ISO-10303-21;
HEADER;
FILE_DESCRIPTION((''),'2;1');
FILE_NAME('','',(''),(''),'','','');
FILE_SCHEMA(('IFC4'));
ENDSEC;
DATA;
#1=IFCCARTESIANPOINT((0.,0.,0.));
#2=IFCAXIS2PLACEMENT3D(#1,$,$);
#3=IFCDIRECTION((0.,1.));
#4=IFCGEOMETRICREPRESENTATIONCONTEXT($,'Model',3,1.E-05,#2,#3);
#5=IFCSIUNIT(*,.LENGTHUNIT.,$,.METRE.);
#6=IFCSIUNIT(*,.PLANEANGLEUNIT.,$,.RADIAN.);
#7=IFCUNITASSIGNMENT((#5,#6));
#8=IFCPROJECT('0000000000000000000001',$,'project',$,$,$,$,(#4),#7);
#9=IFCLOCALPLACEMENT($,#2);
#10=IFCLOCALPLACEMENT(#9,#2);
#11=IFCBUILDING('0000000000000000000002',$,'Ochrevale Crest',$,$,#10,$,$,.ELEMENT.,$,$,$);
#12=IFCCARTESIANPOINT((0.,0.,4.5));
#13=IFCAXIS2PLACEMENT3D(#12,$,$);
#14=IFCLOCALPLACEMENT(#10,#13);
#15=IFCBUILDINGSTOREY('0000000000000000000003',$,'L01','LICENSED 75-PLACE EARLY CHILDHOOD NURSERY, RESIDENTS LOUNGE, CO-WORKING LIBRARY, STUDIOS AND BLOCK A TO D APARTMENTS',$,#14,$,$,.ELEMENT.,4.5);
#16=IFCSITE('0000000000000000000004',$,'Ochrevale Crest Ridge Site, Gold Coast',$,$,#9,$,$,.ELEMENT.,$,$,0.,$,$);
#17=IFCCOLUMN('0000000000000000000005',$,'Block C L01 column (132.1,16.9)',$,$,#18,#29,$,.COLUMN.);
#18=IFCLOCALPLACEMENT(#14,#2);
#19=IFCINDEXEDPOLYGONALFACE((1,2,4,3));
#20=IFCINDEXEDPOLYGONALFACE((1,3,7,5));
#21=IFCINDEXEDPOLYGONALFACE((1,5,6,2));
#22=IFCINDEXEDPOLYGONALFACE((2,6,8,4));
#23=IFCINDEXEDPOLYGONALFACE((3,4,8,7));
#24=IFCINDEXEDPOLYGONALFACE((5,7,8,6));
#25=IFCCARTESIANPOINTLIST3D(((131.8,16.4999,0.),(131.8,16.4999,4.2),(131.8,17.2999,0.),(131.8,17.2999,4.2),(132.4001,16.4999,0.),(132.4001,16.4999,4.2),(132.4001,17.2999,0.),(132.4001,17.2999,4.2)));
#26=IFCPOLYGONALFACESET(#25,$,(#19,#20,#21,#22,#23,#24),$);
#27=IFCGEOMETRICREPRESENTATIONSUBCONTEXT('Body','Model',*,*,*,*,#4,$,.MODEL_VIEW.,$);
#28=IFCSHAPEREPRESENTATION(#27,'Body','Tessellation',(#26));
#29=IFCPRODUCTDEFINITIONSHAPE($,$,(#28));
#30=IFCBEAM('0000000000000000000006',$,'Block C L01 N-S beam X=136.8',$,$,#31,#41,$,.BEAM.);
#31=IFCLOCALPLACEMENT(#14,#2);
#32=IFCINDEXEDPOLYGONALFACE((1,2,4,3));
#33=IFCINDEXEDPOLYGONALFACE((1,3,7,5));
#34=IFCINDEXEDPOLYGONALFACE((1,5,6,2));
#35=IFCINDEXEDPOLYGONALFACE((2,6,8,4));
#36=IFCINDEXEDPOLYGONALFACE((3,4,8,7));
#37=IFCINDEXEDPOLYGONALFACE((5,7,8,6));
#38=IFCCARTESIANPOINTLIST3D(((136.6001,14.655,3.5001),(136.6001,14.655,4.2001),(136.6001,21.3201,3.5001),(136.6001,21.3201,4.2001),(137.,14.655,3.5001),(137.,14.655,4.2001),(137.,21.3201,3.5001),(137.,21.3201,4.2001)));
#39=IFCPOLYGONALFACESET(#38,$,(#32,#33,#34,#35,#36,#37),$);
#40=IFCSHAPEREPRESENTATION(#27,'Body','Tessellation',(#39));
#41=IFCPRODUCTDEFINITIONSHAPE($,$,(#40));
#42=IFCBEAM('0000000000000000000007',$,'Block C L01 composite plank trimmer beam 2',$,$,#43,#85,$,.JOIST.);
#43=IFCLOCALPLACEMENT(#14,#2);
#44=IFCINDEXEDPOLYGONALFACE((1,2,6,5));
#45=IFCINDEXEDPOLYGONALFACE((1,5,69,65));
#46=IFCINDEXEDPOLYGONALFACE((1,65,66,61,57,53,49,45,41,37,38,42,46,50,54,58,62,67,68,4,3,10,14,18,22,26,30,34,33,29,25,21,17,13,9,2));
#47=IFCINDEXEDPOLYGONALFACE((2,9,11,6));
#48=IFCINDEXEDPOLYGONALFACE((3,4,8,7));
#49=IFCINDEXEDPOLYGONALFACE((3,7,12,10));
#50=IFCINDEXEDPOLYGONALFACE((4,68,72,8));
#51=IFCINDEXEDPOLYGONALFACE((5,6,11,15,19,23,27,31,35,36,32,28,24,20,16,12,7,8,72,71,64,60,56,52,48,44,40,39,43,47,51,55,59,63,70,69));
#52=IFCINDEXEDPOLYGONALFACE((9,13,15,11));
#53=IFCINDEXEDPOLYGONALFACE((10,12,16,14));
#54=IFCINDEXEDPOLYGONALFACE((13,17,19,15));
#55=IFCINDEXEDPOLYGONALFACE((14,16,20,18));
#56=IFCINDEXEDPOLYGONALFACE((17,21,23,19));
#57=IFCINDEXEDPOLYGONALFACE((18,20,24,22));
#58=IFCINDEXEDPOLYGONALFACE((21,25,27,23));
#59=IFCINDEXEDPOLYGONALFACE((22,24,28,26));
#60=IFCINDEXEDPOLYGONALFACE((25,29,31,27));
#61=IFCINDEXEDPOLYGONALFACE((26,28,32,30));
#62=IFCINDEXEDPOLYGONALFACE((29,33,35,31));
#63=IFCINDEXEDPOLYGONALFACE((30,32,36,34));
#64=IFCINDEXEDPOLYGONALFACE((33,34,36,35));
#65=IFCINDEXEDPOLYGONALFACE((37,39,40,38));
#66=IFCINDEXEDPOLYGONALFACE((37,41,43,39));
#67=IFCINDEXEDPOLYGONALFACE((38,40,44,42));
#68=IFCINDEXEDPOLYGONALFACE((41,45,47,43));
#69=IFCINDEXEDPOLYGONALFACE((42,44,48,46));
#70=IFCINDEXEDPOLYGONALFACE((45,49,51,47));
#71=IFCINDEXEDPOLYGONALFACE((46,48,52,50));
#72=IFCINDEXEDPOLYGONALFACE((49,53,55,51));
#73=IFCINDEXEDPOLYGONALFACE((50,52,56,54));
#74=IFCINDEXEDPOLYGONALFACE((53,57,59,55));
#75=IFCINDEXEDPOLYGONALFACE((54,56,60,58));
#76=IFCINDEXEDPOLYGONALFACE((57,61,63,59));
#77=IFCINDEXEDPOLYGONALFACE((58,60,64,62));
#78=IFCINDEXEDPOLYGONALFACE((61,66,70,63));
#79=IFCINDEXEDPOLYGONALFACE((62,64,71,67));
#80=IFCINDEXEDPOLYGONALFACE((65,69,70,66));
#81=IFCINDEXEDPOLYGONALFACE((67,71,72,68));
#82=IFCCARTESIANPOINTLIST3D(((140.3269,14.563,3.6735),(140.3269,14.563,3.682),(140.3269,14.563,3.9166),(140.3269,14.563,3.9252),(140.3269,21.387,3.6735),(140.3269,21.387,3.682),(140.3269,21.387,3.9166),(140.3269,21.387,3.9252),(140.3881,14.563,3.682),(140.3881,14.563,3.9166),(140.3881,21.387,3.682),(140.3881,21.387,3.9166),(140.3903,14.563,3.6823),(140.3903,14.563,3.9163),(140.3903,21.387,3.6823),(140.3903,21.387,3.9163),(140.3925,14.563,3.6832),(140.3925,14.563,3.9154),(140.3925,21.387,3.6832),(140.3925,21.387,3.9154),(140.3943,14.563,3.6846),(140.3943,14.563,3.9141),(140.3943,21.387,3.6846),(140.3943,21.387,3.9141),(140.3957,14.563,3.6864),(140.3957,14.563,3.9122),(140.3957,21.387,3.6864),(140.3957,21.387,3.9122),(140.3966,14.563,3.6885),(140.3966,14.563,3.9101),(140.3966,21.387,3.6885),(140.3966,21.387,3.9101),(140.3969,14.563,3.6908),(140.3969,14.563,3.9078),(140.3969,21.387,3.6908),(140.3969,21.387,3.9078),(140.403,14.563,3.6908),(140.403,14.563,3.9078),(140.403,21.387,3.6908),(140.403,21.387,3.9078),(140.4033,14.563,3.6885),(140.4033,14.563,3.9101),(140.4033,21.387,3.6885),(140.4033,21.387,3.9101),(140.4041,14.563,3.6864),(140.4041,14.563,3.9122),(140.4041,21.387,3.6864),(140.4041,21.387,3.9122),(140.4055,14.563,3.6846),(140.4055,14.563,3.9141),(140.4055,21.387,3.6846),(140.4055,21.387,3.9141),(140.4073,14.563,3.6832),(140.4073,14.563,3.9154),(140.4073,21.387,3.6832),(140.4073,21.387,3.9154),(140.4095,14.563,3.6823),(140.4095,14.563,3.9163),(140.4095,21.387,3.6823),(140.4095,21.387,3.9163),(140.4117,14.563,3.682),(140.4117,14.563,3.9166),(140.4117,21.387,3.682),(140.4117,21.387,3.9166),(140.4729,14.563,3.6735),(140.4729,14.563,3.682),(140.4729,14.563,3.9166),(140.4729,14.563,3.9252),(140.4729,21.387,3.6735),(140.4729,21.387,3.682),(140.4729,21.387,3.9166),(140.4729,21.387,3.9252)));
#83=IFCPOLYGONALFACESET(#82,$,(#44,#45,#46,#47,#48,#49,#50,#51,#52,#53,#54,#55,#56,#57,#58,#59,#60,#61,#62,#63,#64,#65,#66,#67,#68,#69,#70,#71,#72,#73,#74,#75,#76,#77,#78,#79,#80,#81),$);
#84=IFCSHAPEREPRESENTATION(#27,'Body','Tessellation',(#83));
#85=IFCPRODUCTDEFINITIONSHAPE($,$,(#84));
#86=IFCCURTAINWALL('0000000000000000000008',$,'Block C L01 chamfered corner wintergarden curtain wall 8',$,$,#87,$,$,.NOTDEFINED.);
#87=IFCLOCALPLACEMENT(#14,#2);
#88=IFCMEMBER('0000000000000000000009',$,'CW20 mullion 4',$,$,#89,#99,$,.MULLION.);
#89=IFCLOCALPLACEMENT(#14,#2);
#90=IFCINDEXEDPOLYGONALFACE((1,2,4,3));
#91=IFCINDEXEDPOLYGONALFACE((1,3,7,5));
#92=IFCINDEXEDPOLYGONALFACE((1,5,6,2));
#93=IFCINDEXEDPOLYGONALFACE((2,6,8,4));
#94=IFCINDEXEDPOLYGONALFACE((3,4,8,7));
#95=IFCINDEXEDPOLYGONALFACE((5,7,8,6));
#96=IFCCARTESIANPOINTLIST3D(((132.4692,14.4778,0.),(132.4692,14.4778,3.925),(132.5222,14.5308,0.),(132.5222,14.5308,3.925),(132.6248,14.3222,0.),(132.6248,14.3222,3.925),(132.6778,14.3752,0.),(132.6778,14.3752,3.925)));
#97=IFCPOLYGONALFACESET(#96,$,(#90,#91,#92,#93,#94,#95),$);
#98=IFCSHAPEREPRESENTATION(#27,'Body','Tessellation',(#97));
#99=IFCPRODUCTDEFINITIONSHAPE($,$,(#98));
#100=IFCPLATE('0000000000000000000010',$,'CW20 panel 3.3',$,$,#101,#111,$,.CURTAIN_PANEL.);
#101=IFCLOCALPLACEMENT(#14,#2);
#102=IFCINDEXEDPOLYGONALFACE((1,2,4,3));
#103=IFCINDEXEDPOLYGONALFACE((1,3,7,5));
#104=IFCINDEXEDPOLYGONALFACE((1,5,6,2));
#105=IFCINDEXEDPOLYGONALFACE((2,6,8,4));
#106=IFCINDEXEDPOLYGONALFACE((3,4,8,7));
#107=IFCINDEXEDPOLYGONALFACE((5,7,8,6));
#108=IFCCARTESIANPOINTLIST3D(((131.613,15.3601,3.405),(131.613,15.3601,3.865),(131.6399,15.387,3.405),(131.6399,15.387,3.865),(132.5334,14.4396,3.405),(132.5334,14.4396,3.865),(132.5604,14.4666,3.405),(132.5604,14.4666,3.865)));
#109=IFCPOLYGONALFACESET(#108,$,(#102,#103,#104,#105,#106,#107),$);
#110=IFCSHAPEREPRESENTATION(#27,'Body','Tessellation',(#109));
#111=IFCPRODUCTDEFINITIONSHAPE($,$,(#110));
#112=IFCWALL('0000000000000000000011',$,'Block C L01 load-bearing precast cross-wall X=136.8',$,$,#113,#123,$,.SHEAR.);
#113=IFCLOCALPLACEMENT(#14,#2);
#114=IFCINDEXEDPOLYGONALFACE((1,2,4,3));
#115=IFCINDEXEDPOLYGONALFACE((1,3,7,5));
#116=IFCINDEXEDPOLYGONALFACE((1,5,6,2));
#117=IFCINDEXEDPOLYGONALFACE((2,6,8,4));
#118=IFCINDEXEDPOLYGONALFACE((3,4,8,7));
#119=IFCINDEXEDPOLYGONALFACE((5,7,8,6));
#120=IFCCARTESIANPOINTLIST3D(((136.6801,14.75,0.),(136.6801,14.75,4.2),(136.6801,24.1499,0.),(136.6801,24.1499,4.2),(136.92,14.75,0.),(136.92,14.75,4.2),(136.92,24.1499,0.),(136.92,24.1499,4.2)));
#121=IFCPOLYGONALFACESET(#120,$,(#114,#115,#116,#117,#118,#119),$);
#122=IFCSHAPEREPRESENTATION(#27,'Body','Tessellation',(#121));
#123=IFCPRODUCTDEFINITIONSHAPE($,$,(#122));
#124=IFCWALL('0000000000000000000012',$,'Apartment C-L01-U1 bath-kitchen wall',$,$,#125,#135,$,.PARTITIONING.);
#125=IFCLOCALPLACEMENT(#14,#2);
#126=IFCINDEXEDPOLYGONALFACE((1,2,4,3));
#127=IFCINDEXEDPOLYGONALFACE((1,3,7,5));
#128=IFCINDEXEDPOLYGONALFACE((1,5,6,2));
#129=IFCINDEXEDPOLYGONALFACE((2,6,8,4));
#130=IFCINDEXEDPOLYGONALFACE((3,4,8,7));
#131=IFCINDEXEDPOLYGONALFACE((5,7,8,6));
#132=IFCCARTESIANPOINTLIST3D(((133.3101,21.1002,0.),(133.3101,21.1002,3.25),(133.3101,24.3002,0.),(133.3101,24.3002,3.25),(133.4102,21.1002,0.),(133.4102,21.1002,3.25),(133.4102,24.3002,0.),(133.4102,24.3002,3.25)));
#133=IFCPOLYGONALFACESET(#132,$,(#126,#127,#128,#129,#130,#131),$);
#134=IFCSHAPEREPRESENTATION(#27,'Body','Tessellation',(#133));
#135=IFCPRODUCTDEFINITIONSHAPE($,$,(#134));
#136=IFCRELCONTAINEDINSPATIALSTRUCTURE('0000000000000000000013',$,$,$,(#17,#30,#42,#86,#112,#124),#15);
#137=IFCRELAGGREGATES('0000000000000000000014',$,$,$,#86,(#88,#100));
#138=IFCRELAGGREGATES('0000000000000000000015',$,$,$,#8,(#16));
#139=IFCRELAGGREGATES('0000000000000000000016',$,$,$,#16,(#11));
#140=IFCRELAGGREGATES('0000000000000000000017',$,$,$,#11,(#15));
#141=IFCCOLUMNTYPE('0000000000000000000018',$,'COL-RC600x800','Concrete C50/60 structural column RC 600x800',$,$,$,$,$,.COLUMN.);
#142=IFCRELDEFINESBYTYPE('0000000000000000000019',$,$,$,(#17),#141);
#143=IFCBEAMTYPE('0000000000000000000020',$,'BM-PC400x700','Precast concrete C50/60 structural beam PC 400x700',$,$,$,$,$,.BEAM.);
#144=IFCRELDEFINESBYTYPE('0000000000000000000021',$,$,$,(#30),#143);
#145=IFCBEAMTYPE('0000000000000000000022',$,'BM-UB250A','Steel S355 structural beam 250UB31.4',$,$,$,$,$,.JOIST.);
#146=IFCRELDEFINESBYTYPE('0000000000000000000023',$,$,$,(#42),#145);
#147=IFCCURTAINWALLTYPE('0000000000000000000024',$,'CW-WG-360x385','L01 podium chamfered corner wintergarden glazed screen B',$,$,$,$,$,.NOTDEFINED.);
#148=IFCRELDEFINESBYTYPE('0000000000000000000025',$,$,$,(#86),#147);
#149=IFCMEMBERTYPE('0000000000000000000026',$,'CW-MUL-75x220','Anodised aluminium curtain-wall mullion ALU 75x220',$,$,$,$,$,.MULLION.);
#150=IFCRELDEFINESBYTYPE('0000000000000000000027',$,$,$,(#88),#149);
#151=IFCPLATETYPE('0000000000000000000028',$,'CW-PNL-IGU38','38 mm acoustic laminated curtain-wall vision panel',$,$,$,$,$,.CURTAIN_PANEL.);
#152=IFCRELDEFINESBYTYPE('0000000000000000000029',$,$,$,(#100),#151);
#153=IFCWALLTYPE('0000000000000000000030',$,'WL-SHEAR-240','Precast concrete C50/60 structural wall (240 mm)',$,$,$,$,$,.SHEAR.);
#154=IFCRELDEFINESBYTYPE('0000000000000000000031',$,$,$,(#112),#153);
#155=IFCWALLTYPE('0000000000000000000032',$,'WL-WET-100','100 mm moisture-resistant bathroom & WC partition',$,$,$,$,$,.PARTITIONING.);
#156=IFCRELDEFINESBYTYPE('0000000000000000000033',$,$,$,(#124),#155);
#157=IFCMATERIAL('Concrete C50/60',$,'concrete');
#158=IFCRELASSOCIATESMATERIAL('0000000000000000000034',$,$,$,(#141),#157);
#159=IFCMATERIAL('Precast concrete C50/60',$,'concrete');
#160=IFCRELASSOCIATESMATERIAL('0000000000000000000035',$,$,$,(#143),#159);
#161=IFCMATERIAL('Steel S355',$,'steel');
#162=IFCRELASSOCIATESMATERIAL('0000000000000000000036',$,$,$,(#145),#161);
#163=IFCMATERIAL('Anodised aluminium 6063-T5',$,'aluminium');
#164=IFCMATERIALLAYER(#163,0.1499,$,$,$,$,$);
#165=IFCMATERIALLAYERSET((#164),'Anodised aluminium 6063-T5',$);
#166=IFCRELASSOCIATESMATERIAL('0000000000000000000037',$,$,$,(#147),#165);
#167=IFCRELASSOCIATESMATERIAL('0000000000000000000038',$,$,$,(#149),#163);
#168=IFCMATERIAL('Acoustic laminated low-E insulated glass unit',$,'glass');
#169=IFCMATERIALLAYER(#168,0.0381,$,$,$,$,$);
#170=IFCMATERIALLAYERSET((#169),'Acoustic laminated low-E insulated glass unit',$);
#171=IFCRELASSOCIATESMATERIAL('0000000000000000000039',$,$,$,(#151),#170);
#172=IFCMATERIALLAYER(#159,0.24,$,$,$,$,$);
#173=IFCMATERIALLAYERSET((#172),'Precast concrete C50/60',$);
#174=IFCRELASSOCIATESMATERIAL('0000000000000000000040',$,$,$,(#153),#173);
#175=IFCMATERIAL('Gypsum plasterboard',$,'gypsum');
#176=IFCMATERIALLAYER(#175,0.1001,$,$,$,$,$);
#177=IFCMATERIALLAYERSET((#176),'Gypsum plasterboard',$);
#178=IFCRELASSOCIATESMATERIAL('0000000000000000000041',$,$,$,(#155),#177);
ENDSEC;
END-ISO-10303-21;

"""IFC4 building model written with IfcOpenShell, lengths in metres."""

from ifc_helpers import new_model, si_unit, direction, frame, frame_2d, origin, origin_2d, place, context, subcontext, project, spatial, rectangle, i_section, extrude, material, layer, layer_set, material_profile, profile_set, type_object, element, aggregate, save


model = new_model("IFC4")

# Units and contexts
model_context = context("Model", 3, precision=1e-05, world=origin(), true_north=direction((0.0, 1.0)))
body_context = subcontext(model_context, "Body", "Model", "MODEL_VIEW")
ifc_project = project(units=[si_unit("LENGTHUNIT", "METRE"), si_unit("PLANEANGLEUNIT", "RADIAN")], contexts=[model_context])

# Site, building, storey
site_placement = place(None, origin())
site = spatial("IfcSite", under=ifc_project, at=site_placement, Name="Ochrevale Crest Ridge Site, Gold Coast", CompositionType="ELEMENT", RefElevation=0.0)
building_placement = place(site_placement, origin())
building = spatial("IfcBuilding", under=site, at=building_placement, Name="Ochrevale Crest", CompositionType="ELEMENT")
storey_placement = place(building_placement, frame((0.0, 0.0, 4.5)))
storey = spatial("IfcBuildingStorey", under=building, at=storey_placement, Name="L01", Description="LICENSED 75-PLACE EARLY CHILDHOOD NURSERY, RESIDENTS LOUNGE, CO-WORKING LIBRARY, STUDIOS AND BLOCK A TO D APARTMENTS", CompositionType="ELEMENT", Elevation=4.5)

# Column
ifc_material_1 = material(Name="Concrete C50/60", Category="concrete")
ifc_material_profile_1 = material_profile(ifc_material_1, rectangle(XDim=0.6001, YDim=0.8, at=origin_2d()), Name="RC 600x800")
ifc_profile_set_1 = profile_set([ifc_material_profile_1], Name="Concrete C50/60")
column_type = type_object("IfcColumnType", Name="COL-RC600x800", Description="Concrete C50/60 structural column RC 600x800", PredefinedType="COLUMN", material=ifc_profile_set_1)
column_placement = place(storey_placement, frame((132.1001, 16.8999, 0.0), z_axis=(0.0, 0.0, 1.0), x_axis=(1.0, 0.0, 0.0)))
element("IfcColumn", 1, at=column_placement, inside=storey, type_object=column_type, Name="Block C L01 column (132.1,16.9)", PredefinedType="COLUMN", context=body_context, shape_type="SweptSolid", body=[
    extrude(rectangle(XDim=0.6001, YDim=0.8, at=origin_2d()), origin(), (0.0, 0.0, 1.0), 4.2),
])

# Beams
ifc_material_2 = material(Name="Precast concrete C50/60", Category="concrete")
ifc_material_profile_2 = material_profile(ifc_material_2, rectangle(XDim=0.3999, YDim=0.7, at=origin_2d()), Name="PC 400x700")
ifc_profile_set_2 = profile_set([ifc_material_profile_2], Name="Precast concrete C50/60")
beam_type_1 = type_object("IfcBeamType", Name="BM-PC400x700", Description="Precast concrete C50/60 structural beam PC 400x700", PredefinedType="BEAM", material=ifc_profile_set_2)
beam_1_placement = place(storey_placement, frame((136.8, 14.655, 3.8501), z_axis=(0.0, 1.0, 0.0), x_axis=(-1.0, 0.0, 0.0)))
element("IfcBeam", 2, at=beam_1_placement, inside=storey, type_object=beam_type_1, Name="Block C L01 N-S beam X=136.8", PredefinedType="BEAM", context=body_context, shape_type="SweptSolid", body=[
    extrude(rectangle(XDim=0.3999, YDim=0.7, at=origin_2d()), origin(), (0.0, 0.0, 1.0), 6.665),
])
ifc_material_3 = material(Name="Steel S355", Category="steel")
ifc_material_profile_3 = material_profile(ifc_material_3, i_section(OverallWidth=0.146, OverallDepth=0.2517, WebThickness=0.0061, FlangeThickness=0.0085, FilletRadius=0.0088, at=origin_2d()), Name="250UB31.4")
ifc_profile_set_3 = profile_set([ifc_material_profile_3], Name="Steel S355")
beam_type_2 = type_object("IfcBeamType", Name="BM-UB250A", Description="Steel S355 structural beam 250UB31.4", PredefinedType="JOIST", material=ifc_profile_set_3)
beam_2_placement = place(storey_placement, frame((140.3999, 14.563, 3.7993), z_axis=(0.0, 1.0, 0.0), x_axis=(-1.0, 0.0, 0.0)))
element("IfcBeam", 3, at=beam_2_placement, inside=storey, type_object=beam_type_2, Name="Block C L01 composite plank trimmer beam 2", PredefinedType="JOIST", context=body_context, shape_type="SweptSolid", body=[
    extrude(i_section(OverallWidth=0.146, OverallDepth=0.2517, WebThickness=0.0061, FlangeThickness=0.0085, FilletRadius=0.0088, at=origin_2d()), origin(), (0.0, 0.0, 1.0), 6.824),
])

# Curtain wall, member, plate
ifc_material_4 = material(Name="Anodised aluminium 6063-T5", Category="aluminium")
ifc_layer_1 = layer(ifc_material_4, 0.1499)
ifc_layer_set_1 = layer_set([ifc_layer_1], Name="Anodised aluminium 6063-T5")
curtain_wall_type = type_object("IfcCurtainWallType", Name="CW-WG-360x385", Description="L01 podium chamfered corner wintergarden glazed screen B", PredefinedType="NOTDEFINED", material=ifc_layer_set_1)
curtain_wall_placement = place(storey_placement, origin())
curtain_wall = element("IfcCurtainWall", 4, at=curtain_wall_placement, inside=storey, type_object=curtain_wall_type, Name="Block C L01 chamfered corner wintergarden curtain wall 8", PredefinedType="NOTDEFINED")
ifc_material_profile_4 = material_profile(ifc_material_4, rectangle(XDim=0.075, YDim=0.22, at=origin_2d()), Name="ALU 75x220")
ifc_profile_set_4 = profile_set([ifc_material_profile_4], Name="Anodised aluminium 6063-T5")
member_type = type_object("IfcMemberType", Name="CW-MUL-75x220", Description="Anodised aluminium curtain-wall mullion ALU 75x220", PredefinedType="MULLION", material=ifc_profile_set_4)
member_placement = place(storey_placement, frame((132.5735, 14.4265, 0.0), z_axis=(0.0, 0.0, 1.0), x_axis=(0.707107, 0.707107, 0.0)))
member = element("IfcMember", 5, at=member_placement, type_object=member_type, Name="CW20 mullion 4", PredefinedType="MULLION", context=body_context, shape_type="SweptSolid", body=[
    extrude(rectangle(XDim=0.075, YDim=0.22, at=origin_2d()), origin(), (0.0, 0.0, 1.0), 3.925),
])
ifc_material_5 = material(Name="Acoustic laminated low-E insulated glass unit", Category="glass")
ifc_layer_2 = layer(ifc_material_5, 0.0381)
ifc_layer_set_2 = layer_set([ifc_layer_2], Name="Acoustic laminated low-E insulated glass unit")
plate_type = type_object("IfcPlateType", Name="CW-PNL-IGU38", Description="38 mm acoustic laminated curtain-wall vision panel", PredefinedType="CURTAIN_PANEL", material=ifc_layer_set_2)
plate_placement = place(storey_placement, frame((132.0867, 14.9133, 3.405), z_axis=(0.0, 0.0, 1.0), x_axis=(0.707107, -0.707107, 0.0)))
plate = element("IfcPlate", 6, at=plate_placement, type_object=plate_type, Name="CW20 panel 3.3", PredefinedType="CURTAIN_PANEL", context=body_context, shape_type="SweptSolid", body=[
    extrude(rectangle(XDim=1.3018, YDim=0.0381, at=origin_2d()), origin(), (0.0, 0.0, 1.0), 0.46),
])
aggregate(curtain_wall, [member, plate])

# Walls
ifc_layer_3 = layer(ifc_material_2, 0.24)
ifc_layer_set_3 = layer_set([ifc_layer_3], Name="Precast concrete C50/60")
wall_type_1 = type_object("IfcWallType", Name="WL-SHEAR-240", Description="Precast concrete C50/60 structural wall (240 mm)", PredefinedType="SHEAR", material=ifc_layer_set_3)
wall_1_placement = place(storey_placement, frame((136.8, 14.75, 0.0), z_axis=(0.0, 0.0, 1.0), x_axis=(0.0, 1.0, 0.0)))
element("IfcWall", 7, at=wall_1_placement, inside=storey, type_object=wall_type_1, Name="Block C L01 load-bearing precast cross-wall X=136.8", PredefinedType="SHEAR", context=body_context, shape_type="SweptSolid", body=[
    extrude(rectangle(XDim=9.3999, YDim=0.24, at=frame_2d((4.7, 0.0))), origin(), (0.0, 0.0, 1.0), 4.2),
])
ifc_material_6 = material(Name="Gypsum plasterboard", Category="gypsum")
ifc_layer_4 = layer(ifc_material_6, 0.1001)
ifc_layer_set_4 = layer_set([ifc_layer_4], Name="Gypsum plasterboard")
wall_type_2 = type_object("IfcWallType", Name="WL-WET-100", Description="100 mm moisture-resistant bathroom & WC partition", PredefinedType="PARTITIONING", material=ifc_layer_set_4)
wall_2_placement = place(storey_placement, frame((133.3601, 21.1001, 0.0), z_axis=(0.0, 0.0, 1.0), x_axis=(0.0, 1.0, 0.0)))
element("IfcWall", 8, at=wall_2_placement, inside=storey, type_object=wall_type_2, Name="Apartment C-L01-U1 bath-kitchen wall", PredefinedType="PARTITIONING", context=body_context, shape_type="SweptSolid", body=[
    extrude(rectangle(XDim=3.2, YDim=0.1001, at=frame_2d((1.6001, 0.0))), origin(), (0.0, 0.0, 1.0), 3.25),
])

save(model, "model.ifc")
